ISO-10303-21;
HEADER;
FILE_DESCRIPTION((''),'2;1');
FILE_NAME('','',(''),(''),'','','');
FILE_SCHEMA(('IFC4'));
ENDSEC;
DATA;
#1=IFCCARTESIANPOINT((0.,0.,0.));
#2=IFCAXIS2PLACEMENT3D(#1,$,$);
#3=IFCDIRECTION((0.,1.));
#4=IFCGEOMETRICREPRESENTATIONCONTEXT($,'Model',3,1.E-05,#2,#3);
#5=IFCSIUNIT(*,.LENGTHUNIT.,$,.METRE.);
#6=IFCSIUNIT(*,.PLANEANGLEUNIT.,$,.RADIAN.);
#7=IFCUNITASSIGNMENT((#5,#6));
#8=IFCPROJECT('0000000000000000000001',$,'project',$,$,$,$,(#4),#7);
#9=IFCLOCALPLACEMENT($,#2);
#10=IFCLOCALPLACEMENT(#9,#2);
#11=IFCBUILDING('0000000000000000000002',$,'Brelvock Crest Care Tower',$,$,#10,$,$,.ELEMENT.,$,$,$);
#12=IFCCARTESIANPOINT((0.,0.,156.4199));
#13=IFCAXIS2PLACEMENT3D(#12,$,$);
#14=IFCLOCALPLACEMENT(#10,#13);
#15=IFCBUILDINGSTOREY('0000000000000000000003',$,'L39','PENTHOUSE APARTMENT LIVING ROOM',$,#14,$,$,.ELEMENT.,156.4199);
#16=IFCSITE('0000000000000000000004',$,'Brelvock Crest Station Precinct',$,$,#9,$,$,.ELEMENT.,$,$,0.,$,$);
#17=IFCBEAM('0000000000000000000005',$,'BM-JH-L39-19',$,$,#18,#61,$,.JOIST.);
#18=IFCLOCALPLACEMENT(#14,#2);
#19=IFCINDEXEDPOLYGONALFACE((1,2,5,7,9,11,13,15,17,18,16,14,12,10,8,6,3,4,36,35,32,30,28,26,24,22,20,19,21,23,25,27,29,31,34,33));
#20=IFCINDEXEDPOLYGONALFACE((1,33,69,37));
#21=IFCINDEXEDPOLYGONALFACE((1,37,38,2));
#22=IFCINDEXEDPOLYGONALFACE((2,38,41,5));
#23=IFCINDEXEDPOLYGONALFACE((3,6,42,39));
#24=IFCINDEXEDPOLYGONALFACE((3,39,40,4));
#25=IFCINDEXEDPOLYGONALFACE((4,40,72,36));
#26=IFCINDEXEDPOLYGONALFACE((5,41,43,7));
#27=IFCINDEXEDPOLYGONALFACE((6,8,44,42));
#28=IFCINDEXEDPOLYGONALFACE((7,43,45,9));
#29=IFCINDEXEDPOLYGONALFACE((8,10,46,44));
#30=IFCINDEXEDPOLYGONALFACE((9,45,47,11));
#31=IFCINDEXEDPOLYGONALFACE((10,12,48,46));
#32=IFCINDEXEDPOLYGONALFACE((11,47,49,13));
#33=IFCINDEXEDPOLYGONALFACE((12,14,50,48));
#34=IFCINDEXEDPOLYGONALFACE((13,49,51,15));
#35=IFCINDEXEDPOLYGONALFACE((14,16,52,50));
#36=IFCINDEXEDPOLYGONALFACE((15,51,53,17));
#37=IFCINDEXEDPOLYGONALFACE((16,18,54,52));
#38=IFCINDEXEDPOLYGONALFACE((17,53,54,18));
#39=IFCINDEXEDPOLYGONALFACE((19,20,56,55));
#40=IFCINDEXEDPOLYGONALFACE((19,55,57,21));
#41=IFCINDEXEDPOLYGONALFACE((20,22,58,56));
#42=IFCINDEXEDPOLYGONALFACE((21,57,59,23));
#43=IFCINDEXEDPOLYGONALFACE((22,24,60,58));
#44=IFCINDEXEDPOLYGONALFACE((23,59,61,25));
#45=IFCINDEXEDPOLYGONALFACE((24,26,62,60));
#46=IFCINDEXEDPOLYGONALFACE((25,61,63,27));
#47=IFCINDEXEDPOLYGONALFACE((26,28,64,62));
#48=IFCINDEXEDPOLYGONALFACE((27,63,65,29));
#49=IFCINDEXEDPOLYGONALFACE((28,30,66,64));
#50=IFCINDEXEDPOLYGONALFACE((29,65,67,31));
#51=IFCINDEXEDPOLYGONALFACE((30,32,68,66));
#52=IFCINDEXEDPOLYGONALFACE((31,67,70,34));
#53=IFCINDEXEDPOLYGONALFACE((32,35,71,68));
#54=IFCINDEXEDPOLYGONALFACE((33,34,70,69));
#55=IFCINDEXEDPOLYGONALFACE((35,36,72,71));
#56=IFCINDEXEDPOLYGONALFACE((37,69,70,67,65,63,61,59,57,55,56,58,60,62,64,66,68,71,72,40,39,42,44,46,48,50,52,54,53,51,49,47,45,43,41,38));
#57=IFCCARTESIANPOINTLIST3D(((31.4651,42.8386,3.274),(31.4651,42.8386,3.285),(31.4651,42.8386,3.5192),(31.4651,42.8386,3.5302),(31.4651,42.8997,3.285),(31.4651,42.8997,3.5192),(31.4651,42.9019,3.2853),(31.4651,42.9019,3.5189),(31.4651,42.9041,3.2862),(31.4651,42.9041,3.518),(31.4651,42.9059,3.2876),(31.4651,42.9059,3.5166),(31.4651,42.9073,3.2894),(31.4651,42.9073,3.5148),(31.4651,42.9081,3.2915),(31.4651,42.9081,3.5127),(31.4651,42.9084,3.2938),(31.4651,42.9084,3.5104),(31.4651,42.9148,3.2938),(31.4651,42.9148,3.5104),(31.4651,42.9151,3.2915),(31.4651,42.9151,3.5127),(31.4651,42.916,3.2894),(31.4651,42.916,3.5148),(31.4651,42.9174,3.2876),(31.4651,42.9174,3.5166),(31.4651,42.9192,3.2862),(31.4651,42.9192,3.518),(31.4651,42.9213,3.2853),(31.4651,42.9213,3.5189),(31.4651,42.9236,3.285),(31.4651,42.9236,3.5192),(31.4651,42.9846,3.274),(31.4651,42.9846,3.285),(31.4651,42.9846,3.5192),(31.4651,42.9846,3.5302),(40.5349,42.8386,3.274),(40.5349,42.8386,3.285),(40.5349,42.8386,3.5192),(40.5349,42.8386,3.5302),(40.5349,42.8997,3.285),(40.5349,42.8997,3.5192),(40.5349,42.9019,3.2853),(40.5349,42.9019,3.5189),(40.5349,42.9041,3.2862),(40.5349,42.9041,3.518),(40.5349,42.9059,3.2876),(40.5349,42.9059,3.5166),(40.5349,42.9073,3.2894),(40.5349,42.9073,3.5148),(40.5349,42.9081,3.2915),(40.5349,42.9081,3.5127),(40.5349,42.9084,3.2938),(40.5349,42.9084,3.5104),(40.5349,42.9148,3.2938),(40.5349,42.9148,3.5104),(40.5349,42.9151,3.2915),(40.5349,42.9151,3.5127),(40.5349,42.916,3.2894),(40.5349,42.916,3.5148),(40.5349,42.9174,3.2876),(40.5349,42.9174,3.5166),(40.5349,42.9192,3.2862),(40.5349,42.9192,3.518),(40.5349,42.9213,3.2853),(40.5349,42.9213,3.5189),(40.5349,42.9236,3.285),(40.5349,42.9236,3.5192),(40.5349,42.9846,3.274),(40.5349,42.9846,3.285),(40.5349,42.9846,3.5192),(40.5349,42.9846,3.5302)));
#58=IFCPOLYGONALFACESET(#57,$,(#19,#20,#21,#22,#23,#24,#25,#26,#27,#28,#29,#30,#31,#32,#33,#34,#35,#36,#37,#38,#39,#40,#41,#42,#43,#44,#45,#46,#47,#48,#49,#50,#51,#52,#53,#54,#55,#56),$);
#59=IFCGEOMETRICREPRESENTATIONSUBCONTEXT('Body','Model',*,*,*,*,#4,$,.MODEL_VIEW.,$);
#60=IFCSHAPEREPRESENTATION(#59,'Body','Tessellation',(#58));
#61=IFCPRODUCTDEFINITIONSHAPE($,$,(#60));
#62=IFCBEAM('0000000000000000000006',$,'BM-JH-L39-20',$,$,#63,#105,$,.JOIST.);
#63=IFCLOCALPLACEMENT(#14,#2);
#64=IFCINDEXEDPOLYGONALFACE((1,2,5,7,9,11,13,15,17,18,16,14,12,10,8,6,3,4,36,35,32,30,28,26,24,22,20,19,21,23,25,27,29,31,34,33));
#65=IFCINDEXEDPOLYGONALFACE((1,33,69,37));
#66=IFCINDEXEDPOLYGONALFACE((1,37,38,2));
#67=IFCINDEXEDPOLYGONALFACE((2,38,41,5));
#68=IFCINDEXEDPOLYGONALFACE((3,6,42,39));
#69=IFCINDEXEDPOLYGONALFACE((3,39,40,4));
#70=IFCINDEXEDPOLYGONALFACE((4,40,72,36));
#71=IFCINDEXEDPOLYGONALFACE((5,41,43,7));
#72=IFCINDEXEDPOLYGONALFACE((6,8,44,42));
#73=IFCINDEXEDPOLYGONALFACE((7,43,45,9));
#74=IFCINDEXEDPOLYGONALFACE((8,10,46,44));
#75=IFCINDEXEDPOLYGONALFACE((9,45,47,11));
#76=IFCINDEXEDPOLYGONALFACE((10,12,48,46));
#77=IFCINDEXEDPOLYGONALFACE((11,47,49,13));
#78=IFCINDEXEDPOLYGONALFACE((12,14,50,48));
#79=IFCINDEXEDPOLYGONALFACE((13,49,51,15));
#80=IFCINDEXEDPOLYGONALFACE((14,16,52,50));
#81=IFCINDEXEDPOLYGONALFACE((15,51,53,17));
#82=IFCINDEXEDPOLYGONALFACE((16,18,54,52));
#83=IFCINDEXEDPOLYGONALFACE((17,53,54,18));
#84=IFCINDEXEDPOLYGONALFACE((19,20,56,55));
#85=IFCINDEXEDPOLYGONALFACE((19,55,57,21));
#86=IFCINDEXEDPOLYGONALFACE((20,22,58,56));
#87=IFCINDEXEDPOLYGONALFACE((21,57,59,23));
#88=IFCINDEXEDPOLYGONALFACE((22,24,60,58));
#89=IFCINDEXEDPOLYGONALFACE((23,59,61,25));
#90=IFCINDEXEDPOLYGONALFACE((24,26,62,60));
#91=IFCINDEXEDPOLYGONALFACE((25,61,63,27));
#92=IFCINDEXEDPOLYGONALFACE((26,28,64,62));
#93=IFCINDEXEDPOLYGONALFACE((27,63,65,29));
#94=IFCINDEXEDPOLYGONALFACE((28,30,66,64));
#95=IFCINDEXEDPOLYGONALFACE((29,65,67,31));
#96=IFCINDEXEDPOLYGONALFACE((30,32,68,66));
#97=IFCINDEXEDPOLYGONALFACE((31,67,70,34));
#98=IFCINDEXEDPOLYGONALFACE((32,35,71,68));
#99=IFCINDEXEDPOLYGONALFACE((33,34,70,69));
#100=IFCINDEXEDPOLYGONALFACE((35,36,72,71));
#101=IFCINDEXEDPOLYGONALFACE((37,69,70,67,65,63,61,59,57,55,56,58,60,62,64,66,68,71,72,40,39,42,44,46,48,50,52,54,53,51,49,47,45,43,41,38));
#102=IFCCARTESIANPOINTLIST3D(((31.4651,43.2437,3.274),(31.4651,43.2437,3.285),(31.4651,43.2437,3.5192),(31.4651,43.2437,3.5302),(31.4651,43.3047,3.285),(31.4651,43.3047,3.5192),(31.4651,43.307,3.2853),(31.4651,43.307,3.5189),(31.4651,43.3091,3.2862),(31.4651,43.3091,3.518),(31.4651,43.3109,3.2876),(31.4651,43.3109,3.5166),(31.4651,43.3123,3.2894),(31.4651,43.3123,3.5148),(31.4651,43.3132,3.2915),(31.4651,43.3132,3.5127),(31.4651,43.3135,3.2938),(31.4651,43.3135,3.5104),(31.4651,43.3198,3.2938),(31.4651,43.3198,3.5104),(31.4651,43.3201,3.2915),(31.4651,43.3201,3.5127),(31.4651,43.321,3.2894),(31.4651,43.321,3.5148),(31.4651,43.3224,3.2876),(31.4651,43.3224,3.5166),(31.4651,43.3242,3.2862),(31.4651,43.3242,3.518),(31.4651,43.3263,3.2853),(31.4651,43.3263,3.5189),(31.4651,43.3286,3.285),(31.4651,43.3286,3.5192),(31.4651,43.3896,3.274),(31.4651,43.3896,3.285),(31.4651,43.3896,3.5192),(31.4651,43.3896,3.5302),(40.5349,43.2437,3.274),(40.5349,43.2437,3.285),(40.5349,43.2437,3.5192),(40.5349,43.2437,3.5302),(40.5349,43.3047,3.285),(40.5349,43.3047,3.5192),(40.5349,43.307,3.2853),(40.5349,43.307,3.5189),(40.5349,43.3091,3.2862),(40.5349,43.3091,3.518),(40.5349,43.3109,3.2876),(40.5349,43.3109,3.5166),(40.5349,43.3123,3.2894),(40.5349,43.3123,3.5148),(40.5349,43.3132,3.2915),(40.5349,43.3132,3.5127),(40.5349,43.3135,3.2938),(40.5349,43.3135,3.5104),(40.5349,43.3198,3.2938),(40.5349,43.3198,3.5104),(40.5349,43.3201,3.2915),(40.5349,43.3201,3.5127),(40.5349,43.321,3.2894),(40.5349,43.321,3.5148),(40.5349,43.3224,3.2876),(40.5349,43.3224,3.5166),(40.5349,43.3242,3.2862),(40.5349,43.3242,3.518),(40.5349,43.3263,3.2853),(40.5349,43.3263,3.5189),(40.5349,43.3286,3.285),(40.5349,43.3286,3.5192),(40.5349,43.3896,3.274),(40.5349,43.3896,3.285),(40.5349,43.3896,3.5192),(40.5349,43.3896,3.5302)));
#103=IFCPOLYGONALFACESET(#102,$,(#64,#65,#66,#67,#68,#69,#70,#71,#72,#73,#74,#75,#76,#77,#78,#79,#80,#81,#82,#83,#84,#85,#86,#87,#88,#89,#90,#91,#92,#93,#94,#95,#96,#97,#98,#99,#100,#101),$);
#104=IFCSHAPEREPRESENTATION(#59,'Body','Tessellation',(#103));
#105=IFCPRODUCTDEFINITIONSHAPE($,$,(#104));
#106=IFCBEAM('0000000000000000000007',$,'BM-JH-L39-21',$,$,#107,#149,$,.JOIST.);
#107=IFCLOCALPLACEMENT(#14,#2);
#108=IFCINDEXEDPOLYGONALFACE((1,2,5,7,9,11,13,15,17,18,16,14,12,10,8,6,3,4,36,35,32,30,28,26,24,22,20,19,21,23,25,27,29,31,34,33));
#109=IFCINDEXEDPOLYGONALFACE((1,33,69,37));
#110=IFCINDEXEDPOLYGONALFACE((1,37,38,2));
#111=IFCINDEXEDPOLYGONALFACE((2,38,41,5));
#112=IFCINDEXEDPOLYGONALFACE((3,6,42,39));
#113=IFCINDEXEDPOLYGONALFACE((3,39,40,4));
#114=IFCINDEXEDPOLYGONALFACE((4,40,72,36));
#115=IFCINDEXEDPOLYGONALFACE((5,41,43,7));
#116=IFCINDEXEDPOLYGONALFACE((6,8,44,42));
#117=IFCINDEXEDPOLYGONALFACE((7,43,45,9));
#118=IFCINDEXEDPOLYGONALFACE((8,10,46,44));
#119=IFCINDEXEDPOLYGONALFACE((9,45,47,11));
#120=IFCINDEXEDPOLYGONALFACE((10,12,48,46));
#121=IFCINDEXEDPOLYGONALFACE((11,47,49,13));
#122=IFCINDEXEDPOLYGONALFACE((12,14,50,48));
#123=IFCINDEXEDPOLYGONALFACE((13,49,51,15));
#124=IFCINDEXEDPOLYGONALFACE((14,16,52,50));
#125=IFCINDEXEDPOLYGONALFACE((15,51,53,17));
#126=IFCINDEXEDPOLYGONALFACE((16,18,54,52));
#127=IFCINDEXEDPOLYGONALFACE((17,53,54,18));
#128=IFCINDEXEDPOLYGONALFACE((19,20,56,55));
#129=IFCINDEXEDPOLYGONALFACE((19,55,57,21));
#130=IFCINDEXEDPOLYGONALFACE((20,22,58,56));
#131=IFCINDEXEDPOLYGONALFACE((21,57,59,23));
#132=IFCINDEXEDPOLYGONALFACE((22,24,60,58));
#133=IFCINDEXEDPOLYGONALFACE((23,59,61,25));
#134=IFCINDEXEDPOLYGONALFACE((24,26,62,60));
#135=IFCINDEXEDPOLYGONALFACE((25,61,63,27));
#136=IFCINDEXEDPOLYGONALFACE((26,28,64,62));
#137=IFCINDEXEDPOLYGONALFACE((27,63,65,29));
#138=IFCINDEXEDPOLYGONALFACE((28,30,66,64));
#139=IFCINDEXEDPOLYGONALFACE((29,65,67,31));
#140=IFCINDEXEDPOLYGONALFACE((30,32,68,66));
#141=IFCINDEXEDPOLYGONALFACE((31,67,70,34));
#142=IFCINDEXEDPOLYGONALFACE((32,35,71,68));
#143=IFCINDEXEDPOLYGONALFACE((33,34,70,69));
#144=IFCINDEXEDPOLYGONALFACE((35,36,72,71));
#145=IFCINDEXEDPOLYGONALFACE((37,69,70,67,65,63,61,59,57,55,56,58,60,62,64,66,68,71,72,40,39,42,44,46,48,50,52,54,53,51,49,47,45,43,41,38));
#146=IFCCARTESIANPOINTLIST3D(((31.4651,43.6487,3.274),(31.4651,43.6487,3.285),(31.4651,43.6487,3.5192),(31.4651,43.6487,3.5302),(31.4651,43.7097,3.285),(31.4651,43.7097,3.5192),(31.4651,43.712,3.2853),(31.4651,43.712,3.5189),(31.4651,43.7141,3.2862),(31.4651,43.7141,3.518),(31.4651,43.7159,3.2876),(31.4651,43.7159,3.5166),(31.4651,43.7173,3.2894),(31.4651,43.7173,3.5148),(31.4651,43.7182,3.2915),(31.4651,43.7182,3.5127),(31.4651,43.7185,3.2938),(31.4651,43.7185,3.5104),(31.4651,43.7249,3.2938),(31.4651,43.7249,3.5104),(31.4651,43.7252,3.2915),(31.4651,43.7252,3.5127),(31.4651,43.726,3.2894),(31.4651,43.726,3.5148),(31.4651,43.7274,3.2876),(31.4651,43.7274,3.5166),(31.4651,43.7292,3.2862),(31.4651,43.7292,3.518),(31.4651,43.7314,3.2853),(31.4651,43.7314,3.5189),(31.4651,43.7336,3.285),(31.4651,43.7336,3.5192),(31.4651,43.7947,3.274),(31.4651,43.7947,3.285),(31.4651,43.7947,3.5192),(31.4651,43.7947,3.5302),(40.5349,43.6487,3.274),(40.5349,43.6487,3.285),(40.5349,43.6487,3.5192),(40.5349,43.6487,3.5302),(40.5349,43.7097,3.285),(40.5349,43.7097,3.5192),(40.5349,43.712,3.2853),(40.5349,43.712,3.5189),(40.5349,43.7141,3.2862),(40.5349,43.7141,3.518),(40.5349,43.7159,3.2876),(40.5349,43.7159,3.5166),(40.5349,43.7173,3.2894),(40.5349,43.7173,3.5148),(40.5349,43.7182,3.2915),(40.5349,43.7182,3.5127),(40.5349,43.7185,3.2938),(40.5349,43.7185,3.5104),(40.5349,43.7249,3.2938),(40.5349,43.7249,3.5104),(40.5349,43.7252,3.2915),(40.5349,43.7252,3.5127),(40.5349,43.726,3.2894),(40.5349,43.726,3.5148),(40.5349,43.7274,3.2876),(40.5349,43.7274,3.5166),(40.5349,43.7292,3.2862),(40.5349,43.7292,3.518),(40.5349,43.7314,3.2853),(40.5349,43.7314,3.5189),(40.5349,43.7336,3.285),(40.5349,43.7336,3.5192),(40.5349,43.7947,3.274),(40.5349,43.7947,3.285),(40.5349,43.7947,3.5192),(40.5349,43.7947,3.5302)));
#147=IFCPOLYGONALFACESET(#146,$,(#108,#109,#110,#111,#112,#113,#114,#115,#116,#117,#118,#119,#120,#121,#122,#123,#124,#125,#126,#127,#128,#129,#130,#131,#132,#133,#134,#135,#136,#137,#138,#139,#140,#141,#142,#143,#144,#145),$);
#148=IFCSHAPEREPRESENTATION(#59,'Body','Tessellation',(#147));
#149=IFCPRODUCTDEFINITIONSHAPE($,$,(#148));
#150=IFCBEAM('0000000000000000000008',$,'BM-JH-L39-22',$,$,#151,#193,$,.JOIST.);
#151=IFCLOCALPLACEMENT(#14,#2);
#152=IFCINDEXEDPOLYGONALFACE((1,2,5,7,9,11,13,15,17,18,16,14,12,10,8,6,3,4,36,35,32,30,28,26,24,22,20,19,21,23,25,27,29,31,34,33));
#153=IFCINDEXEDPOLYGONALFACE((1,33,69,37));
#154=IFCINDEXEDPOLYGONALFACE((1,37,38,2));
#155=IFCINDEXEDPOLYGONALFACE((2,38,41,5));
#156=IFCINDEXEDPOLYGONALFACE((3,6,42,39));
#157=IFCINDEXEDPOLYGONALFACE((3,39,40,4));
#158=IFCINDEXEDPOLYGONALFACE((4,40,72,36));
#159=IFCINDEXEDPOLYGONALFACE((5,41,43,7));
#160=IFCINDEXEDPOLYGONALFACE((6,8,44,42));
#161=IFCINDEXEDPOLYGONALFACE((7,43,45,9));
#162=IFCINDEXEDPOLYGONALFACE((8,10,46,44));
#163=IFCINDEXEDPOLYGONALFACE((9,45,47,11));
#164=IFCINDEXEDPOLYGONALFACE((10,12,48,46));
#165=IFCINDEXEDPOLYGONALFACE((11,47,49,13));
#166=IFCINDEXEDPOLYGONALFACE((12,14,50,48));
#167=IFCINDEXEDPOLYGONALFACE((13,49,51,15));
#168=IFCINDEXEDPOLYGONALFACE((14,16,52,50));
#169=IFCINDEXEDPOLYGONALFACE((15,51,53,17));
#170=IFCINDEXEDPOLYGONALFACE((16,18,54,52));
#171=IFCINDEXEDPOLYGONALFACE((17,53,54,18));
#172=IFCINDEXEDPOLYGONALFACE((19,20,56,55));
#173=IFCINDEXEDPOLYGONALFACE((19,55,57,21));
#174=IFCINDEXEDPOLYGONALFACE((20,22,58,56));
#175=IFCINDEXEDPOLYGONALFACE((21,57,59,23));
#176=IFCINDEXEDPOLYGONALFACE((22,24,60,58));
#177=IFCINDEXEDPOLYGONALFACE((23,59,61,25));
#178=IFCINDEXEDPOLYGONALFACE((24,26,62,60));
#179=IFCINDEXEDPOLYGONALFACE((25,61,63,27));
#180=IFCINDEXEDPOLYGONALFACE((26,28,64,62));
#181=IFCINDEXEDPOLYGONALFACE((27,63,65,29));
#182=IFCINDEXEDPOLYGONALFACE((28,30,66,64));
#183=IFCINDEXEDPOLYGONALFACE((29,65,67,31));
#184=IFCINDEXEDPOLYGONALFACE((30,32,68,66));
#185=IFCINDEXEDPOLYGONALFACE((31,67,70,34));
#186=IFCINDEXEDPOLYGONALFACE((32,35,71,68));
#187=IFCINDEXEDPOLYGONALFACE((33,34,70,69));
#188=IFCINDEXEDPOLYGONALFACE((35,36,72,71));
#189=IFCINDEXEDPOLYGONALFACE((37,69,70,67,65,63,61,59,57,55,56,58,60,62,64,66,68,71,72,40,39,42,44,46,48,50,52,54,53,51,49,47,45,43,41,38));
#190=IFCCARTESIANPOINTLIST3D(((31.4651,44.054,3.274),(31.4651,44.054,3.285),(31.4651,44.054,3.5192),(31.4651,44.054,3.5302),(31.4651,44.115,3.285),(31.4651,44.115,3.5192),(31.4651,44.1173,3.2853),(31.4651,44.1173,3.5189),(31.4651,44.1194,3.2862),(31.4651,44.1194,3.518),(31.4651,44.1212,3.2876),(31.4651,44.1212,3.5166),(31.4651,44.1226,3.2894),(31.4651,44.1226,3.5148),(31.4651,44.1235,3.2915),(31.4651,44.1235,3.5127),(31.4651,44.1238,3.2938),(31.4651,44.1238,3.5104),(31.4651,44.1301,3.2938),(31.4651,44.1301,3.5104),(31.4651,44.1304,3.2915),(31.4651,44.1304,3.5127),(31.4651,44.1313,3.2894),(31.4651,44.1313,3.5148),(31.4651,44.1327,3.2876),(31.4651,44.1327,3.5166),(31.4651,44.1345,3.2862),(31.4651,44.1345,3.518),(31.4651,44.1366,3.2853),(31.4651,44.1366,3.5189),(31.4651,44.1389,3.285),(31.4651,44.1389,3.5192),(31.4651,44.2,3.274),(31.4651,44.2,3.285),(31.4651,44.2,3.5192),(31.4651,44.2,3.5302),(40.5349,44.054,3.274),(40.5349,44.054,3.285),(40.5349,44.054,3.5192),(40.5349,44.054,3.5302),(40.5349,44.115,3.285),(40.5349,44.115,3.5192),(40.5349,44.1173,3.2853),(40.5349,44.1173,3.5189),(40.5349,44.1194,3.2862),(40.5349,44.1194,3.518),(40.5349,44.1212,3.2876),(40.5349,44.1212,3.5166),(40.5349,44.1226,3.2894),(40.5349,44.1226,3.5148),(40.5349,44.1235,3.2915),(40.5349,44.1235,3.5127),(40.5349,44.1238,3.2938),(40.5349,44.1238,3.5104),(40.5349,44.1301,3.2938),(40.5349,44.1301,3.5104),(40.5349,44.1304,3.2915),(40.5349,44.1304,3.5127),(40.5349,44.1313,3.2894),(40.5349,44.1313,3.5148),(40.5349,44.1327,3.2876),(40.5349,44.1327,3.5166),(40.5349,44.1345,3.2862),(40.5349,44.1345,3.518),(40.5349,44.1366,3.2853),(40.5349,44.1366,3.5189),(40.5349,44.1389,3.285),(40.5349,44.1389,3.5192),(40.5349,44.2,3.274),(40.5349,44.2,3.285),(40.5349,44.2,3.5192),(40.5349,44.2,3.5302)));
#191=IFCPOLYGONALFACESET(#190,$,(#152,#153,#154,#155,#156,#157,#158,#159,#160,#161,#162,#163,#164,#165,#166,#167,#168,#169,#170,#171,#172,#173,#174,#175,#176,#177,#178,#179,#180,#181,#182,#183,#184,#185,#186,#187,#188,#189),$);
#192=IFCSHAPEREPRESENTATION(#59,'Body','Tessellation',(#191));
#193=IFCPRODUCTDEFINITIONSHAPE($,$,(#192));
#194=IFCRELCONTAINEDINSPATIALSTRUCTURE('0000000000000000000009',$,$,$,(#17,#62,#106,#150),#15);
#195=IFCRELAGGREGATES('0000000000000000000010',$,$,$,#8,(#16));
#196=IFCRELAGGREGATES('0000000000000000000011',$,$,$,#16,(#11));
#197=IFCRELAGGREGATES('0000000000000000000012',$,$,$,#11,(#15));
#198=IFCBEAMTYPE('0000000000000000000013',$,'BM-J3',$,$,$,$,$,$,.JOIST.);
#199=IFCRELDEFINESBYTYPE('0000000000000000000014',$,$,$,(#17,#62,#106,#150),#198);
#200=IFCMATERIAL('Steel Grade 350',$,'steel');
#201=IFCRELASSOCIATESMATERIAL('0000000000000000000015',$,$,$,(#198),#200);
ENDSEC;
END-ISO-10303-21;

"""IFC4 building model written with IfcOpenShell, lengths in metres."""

from ifc_helpers import new_model, si_unit, direction, frame, origin, origin_2d, place, context, subcontext, project, spatial, i_section, extrude, source, transform, mapped, material, material_profile, profile_set, type_object, element, save


model = new_model("IFC4")

# Units and contexts
model_context = context("Model", 3, precision=1e-05, world=origin(), true_north=direction((0.0, 1.0)))
body_context = subcontext(model_context, "Body", "Model", "MODEL_VIEW")
ifc_project = project(units=[si_unit("LENGTHUNIT", "METRE"), si_unit("PLANEANGLEUNIT", "RADIAN")], contexts=[model_context])

# Site, building, storey
site_placement = place(None, origin())
site = spatial("IfcSite", under=ifc_project, at=site_placement, Name="Brelvock Crest Station Precinct", CompositionType="ELEMENT", RefElevation=0.0)
building_placement = place(site_placement, origin())
building = spatial("IfcBuilding", under=site, at=building_placement, Name="Brelvock Crest Care Tower", CompositionType="ELEMENT")
storey_placement = place(building_placement, frame((0.0, 0.0, 156.4199)))
storey = spatial("IfcBuildingStorey", under=building, at=storey_placement, Name="L39", Description="PENTHOUSE APARTMENT LIVING ROOM", CompositionType="ELEMENT", Elevation=156.4199)

# Beams
ifc_material = material(Name="Steel Grade 350", Category="steel")
ifc_material_profile = material_profile(ifc_material, i_section(OverallWidth=0.146, OverallDepth=0.2561, WebThickness=0.0063, FlangeThickness=0.011, FilletRadius=0.0088, at=origin_2d()), Name="250UB37.3")
ifc_profile_set = profile_set([ifc_material_profile], Name="Steel Grade 350")
beam_type = type_object("IfcBeamType", Name="BM-J3", PredefinedType="JOIST", material=ifc_profile_set)
shared_shape = source(origin(), body_context, "Body", "SweptSolid", [
    extrude(i_section(OverallWidth=0.146, OverallDepth=0.2561, WebThickness=0.0063, FlangeThickness=0.011, FilletRadius=0.0088, at=origin_2d()), origin(), (0.0, 0.0, 1.0), 9.0698),
])
for number, where, z_axis, x_axis, name in (
    (1, (31.4651, 42.9116, 3.4021), (1.0, 0.0, 0.0), (0.0, 1.0, 0.0), "BM-JH-L39-19"),
    (2, (31.4651, 43.3167, 3.4021), (1.0, 0.0, 0.0), (0.0, 1.0, 0.0), "BM-JH-L39-20"),
    (3, (31.4651, 43.7217, 3.4021), (1.0, 0.0, 0.0), (0.0, 1.0, 0.0), "BM-JH-L39-21"),
    (4, (31.4651, 44.127, 3.4021), (1.0, 0.0, 0.0), (0.0, 1.0, 0.0), "BM-JH-L39-22"),
):
    element("IfcBeam", number, at=place(storey_placement, frame(where, z_axis=z_axis, x_axis=x_axis)), inside=storey, type_object=beam_type, Name=name, PredefinedType="JOIST", context=body_context, shape_type="MappedRepresentation", body=[
        mapped(shared_shape, transform((0.0, 0.0, 0.0), x_axis=(1.0, 0.0, 0.0), y_axis=(0.0, 1.0, 0.0), z_axis=(0.0, 0.0, 1.0), scale=1.0)),
    ])

save(model, "model.ifc")
